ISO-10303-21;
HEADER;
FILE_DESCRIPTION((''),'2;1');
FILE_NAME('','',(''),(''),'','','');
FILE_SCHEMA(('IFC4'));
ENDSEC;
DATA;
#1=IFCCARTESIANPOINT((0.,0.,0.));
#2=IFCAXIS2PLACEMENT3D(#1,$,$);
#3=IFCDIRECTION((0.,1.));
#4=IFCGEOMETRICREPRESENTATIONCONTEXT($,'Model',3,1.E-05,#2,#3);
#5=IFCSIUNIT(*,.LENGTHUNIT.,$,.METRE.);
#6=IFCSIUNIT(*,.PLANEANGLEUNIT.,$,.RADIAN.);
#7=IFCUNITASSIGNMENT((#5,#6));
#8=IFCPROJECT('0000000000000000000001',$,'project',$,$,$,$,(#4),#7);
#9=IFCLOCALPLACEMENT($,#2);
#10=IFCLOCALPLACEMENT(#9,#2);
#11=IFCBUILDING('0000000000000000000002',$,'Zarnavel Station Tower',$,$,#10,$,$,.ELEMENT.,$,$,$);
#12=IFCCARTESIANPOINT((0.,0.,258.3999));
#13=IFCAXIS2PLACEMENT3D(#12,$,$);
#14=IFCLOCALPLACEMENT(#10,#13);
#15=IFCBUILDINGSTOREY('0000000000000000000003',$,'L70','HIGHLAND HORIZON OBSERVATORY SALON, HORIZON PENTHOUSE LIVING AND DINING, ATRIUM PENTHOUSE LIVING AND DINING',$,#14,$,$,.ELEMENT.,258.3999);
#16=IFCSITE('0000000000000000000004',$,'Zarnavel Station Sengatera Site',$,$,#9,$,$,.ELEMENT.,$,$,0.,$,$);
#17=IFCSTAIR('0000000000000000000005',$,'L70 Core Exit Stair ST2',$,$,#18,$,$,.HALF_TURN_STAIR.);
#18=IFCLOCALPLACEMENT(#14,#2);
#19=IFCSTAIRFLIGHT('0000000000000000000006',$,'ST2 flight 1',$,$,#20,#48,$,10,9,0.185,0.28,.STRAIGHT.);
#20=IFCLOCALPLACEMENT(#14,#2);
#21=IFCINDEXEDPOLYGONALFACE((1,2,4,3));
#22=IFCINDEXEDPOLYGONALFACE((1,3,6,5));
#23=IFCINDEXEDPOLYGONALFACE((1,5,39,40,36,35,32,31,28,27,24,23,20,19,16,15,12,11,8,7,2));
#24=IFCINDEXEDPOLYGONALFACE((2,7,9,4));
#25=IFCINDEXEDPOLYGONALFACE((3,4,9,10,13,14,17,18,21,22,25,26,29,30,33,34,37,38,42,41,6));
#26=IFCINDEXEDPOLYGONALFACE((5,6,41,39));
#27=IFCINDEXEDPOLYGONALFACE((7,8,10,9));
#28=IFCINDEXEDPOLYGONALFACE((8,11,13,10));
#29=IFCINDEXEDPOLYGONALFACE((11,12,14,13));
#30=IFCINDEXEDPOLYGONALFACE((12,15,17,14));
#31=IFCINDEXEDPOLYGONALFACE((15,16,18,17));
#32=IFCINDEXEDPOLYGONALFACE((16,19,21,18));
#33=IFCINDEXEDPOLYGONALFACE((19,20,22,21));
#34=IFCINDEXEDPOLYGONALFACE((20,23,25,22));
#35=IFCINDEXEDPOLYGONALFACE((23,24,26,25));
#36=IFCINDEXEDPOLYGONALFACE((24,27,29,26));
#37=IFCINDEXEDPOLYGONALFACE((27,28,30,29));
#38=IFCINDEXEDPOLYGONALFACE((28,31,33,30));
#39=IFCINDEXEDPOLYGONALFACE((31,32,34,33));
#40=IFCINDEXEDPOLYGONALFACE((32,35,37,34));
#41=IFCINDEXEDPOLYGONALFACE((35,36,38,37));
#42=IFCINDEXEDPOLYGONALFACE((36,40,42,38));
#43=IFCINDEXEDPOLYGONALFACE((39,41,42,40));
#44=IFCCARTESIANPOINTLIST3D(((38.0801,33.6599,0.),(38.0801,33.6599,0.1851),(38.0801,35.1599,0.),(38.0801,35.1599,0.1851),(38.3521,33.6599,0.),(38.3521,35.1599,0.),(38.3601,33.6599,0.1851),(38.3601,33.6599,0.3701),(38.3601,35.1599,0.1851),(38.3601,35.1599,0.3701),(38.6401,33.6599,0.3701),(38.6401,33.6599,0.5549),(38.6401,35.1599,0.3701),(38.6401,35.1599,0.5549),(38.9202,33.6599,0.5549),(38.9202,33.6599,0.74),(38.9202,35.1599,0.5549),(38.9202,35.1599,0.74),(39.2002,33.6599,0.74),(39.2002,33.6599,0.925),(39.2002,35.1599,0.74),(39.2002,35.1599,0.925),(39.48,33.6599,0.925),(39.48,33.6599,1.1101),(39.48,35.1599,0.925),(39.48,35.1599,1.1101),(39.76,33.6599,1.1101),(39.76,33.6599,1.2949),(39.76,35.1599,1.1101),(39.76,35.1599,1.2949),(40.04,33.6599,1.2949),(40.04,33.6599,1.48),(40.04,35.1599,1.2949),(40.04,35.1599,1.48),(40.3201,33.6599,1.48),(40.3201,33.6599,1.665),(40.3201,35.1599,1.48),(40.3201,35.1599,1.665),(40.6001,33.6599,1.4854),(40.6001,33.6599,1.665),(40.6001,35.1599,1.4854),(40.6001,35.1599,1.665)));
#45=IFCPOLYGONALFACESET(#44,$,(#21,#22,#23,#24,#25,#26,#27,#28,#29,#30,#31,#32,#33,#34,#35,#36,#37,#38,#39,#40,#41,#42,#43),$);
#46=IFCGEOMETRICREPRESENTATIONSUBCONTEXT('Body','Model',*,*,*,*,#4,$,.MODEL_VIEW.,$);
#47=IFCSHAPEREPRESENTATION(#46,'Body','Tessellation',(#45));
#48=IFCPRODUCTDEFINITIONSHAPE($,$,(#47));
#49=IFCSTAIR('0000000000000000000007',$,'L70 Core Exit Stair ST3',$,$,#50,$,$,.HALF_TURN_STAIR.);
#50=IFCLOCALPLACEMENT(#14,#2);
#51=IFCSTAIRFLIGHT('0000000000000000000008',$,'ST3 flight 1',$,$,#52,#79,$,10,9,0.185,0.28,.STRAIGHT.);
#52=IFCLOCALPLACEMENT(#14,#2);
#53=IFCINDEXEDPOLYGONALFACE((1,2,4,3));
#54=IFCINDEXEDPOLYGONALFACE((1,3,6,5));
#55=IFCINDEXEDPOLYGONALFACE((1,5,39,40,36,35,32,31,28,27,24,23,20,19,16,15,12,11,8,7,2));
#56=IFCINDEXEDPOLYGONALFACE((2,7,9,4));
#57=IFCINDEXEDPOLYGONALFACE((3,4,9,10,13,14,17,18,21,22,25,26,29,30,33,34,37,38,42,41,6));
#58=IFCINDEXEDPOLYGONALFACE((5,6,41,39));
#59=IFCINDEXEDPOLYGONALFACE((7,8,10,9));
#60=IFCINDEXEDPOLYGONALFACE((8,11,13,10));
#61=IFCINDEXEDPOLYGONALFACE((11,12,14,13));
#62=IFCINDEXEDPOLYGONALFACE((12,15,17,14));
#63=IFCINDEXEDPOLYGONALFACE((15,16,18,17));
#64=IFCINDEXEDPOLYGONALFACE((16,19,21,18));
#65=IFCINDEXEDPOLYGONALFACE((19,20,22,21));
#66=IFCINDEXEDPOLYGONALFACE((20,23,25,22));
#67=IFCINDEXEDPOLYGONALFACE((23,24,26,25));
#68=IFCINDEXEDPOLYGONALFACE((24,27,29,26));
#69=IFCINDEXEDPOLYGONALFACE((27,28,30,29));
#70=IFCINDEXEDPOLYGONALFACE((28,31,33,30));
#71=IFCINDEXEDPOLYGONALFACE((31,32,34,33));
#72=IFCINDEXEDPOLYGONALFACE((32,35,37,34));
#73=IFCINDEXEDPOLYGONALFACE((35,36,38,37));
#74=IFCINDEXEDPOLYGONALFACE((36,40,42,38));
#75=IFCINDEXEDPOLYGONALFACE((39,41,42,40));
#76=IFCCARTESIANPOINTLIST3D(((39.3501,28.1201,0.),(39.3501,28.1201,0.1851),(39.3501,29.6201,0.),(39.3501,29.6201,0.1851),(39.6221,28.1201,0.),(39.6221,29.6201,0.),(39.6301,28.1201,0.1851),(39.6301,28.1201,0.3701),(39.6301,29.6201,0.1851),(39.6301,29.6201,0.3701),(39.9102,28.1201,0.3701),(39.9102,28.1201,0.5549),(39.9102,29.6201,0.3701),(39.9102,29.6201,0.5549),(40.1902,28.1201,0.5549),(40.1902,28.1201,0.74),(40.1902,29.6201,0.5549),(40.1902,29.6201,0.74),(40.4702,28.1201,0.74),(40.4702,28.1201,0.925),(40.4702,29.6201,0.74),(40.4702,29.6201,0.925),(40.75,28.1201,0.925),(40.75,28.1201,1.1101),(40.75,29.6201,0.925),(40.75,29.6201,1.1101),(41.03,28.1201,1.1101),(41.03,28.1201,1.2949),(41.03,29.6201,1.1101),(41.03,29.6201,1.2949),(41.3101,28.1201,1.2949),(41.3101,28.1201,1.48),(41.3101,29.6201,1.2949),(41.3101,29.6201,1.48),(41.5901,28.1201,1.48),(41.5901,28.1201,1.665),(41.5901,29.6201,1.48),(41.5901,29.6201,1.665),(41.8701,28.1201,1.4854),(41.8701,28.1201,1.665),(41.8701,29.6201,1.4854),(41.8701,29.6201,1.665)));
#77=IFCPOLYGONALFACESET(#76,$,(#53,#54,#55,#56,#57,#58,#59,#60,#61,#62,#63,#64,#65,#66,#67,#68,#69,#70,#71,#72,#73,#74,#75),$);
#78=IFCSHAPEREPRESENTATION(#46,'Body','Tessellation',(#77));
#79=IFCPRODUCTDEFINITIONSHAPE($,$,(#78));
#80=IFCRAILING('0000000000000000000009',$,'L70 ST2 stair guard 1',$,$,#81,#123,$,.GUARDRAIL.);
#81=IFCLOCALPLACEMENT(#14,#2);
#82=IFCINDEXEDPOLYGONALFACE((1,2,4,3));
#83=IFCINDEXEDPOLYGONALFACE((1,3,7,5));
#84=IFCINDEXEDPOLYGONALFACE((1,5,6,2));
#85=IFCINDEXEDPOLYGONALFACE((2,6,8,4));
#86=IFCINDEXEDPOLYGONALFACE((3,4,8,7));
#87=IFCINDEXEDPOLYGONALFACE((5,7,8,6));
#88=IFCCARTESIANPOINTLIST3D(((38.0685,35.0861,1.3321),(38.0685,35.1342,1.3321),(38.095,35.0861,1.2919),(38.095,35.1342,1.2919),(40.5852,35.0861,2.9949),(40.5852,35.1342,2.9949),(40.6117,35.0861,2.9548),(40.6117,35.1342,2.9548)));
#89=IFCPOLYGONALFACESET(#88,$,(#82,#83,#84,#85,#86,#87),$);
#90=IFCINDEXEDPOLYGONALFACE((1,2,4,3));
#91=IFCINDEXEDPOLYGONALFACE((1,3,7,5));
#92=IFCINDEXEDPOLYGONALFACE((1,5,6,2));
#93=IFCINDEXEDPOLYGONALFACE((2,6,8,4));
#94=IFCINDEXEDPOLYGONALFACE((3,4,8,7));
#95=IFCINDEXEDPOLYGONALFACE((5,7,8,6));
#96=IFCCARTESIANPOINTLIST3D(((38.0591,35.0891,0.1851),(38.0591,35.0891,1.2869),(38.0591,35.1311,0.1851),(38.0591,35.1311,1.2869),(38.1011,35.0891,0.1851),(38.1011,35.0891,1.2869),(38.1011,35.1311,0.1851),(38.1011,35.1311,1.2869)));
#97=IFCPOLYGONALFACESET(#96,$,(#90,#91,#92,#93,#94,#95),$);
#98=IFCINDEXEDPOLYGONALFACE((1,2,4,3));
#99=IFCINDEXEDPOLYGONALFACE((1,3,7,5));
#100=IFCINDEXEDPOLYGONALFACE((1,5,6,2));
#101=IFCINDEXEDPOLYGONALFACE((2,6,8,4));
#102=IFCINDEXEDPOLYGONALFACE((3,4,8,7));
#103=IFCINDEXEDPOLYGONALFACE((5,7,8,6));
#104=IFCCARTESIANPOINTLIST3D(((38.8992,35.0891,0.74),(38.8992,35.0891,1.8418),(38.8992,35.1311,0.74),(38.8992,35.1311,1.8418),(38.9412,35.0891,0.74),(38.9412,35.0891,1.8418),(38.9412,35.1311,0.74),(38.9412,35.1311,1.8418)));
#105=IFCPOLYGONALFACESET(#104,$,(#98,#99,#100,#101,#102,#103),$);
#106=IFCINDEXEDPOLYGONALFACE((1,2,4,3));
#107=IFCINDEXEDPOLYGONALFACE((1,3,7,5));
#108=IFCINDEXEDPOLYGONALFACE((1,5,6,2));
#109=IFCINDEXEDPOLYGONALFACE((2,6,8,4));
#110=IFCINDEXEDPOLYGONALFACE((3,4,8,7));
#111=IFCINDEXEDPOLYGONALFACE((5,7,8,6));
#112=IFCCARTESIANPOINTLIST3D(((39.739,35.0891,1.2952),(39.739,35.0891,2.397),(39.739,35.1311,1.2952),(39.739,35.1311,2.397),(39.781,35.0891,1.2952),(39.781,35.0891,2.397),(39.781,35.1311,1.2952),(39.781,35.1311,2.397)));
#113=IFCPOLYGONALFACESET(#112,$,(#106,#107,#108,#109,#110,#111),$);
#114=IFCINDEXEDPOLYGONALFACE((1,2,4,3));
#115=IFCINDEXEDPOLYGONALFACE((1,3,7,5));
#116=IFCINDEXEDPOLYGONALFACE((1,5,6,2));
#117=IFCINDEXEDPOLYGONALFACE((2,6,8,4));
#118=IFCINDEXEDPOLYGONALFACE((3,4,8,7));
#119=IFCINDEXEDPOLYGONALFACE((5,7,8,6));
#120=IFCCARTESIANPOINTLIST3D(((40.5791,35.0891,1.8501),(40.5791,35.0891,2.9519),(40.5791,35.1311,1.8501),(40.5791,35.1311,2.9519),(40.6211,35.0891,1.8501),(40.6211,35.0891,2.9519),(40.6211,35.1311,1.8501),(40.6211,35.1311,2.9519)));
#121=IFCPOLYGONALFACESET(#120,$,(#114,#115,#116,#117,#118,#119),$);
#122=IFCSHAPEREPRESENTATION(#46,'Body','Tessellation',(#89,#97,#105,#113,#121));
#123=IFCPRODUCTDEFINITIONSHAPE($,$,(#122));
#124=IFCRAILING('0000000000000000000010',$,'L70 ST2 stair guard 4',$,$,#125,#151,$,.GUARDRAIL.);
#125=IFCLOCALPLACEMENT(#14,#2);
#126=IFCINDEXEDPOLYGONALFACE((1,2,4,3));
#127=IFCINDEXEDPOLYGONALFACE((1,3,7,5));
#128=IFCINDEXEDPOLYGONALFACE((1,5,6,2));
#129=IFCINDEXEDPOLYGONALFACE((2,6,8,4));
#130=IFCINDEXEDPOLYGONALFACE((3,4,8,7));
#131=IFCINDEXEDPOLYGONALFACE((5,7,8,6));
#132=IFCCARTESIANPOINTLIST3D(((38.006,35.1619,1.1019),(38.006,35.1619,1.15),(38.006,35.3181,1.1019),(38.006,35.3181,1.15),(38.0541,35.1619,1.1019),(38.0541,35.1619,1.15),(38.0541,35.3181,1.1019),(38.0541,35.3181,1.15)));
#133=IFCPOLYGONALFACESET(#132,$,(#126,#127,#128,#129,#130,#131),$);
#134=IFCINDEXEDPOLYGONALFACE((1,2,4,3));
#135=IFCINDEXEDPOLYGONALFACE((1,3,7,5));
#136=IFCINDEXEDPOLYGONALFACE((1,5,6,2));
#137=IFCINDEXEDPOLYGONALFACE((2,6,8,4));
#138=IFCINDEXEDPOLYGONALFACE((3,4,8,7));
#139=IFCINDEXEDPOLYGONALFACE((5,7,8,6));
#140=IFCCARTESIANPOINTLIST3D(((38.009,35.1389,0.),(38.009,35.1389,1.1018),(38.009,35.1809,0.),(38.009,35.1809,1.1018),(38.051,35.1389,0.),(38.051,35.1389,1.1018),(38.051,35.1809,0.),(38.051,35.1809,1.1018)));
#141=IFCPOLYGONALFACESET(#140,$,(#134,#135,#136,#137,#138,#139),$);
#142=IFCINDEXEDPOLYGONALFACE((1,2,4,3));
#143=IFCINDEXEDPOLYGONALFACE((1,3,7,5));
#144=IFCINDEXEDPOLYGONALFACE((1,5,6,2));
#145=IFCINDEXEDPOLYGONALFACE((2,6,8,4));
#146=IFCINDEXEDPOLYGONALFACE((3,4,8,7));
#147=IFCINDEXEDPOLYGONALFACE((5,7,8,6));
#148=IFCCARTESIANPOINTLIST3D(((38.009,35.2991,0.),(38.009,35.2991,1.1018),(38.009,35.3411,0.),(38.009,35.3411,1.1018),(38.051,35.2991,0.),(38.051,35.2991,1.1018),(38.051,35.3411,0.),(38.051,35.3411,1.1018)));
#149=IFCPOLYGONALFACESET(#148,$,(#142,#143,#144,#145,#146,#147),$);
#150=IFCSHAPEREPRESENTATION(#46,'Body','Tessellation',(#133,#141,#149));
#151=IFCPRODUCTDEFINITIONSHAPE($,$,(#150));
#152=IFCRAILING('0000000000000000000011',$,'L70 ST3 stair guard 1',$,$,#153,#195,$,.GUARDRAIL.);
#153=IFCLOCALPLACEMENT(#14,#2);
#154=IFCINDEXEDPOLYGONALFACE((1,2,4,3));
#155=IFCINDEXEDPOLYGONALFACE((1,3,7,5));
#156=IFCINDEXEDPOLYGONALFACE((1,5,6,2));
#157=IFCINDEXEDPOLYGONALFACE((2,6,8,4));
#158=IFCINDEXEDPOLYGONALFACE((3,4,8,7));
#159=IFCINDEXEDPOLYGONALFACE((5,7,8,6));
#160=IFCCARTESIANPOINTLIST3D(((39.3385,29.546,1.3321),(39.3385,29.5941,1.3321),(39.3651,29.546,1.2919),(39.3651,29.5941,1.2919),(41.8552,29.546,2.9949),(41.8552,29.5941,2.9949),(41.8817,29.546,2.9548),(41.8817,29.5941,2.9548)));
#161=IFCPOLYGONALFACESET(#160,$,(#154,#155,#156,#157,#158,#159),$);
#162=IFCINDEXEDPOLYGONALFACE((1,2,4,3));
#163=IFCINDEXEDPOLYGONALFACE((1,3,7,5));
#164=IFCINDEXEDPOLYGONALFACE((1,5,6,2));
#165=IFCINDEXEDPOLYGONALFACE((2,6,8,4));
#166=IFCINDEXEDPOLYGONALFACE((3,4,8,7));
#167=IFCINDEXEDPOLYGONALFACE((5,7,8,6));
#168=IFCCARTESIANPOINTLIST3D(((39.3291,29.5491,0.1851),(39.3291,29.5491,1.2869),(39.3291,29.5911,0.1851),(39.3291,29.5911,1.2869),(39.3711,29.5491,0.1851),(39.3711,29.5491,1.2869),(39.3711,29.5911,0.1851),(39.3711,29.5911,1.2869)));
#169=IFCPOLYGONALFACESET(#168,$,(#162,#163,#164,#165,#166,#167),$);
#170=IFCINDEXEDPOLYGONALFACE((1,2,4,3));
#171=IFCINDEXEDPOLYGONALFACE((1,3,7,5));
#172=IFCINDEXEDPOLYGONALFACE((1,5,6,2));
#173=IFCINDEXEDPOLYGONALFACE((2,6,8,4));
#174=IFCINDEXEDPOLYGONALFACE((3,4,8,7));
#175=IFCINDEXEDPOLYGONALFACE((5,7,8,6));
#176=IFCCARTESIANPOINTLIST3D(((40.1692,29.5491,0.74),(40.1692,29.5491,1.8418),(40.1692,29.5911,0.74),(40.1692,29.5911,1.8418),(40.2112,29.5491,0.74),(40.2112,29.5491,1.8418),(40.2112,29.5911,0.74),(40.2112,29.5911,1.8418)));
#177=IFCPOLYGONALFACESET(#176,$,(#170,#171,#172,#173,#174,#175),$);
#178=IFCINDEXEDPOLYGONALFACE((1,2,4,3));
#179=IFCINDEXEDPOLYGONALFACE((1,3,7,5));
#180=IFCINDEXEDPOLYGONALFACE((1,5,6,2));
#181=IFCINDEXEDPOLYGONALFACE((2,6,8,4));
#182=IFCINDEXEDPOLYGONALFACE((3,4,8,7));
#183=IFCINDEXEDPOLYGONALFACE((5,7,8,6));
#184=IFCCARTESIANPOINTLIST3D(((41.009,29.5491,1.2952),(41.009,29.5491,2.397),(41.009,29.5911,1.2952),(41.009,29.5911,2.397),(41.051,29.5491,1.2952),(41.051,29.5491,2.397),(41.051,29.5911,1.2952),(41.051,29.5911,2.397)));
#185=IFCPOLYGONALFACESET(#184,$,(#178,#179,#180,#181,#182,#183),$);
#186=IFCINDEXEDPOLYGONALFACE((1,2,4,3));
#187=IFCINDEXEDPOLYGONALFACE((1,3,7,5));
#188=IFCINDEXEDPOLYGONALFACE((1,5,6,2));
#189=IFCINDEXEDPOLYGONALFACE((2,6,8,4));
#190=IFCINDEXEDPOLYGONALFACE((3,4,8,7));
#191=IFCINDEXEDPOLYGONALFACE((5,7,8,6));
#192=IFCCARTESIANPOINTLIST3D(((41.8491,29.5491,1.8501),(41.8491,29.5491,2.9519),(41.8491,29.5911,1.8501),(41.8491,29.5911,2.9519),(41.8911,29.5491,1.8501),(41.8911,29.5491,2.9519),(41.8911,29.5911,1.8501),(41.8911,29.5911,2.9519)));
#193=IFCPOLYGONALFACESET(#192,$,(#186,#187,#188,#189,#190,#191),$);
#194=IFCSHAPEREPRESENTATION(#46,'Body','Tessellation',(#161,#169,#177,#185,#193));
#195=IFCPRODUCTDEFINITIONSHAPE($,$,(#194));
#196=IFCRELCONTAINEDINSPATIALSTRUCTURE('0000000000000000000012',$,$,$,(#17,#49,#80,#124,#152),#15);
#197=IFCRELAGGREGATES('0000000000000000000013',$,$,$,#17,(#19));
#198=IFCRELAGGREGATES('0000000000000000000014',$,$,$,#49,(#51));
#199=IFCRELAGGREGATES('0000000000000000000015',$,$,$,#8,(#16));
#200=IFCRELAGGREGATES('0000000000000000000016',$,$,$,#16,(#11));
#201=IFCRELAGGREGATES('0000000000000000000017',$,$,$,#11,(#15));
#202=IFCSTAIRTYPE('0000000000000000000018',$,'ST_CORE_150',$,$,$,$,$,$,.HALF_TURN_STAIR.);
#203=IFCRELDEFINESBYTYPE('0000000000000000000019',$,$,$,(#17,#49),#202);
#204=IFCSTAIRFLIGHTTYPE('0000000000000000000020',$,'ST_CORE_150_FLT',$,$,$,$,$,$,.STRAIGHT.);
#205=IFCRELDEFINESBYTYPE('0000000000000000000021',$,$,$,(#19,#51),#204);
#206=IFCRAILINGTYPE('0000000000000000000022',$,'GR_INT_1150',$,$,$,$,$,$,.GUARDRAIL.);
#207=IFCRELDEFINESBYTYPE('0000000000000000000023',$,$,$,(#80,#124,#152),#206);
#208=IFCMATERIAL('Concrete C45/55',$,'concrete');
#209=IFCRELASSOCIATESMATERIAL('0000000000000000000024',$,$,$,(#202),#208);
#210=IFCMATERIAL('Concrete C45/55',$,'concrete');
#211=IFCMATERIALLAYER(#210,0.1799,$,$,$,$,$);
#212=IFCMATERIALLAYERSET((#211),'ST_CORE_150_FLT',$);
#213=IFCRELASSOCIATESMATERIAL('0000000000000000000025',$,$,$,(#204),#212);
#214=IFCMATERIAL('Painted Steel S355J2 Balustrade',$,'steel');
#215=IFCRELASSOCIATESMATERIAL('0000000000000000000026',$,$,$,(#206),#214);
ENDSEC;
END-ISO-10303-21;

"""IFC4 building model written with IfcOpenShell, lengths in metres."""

from ifc_helpers import new_model, si_unit, direction, frame, origin, origin_2d, place, context, subcontext, project, spatial, polyline, rectangle, outline, extrude, material, layer, layer_set, type_object, element, aggregate, save


model = new_model("IFC4")

# Units and contexts
model_context = context("Model", 3, precision=1e-05, world=origin(), true_north=direction((0.0, 1.0)))
body_context = subcontext(model_context, "Body", "Model", "MODEL_VIEW")
ifc_project = project(units=[si_unit("LENGTHUNIT", "METRE"), si_unit("PLANEANGLEUNIT", "RADIAN")], contexts=[model_context])

# Site, building, storey
site_placement = place(None, origin())
site = spatial("IfcSite", under=ifc_project, at=site_placement, Name="Zarnavel Station Sengatera Site", CompositionType="ELEMENT", RefElevation=0.0)
building_placement = place(site_placement, origin())
building = spatial("IfcBuilding", under=site, at=building_placement, Name="Zarnavel Station Tower", CompositionType="ELEMENT")
storey_placement = place(building_placement, frame((0.0, 0.0, 258.3999)))
storey = spatial("IfcBuildingStorey", under=building, at=storey_placement, Name="L70", Description="HIGHLAND HORIZON OBSERVATORY SALON, HORIZON PENTHOUSE LIVING AND DINING, ATRIUM PENTHOUSE LIVING AND DINING", CompositionType="ELEMENT", Elevation=258.3999)

# Stairs, stair flights
ifc_material_1 = material(Name="Concrete C45/55", Category="concrete")
stair_type = type_object("IfcStairType", Name="ST_CORE_150", PredefinedType="HALF_TURN_STAIR", material=ifc_material_1)
stair_1_placement = place(storey_placement, origin())
stair_1 = element("IfcStair", 1, at=stair_1_placement, inside=storey, type_object=stair_type, Name="L70 Core Exit Stair ST2", PredefinedType="HALF_TURN_STAIR")
ifc_material_2 = material(Name="Concrete C45/55", Category="concrete")
ifc_layer_1 = layer(ifc_material_2, 0.1799)
ifc_layer_set_1 = layer_set([ifc_layer_1], Name="ST_CORE_150_FLT")
stair_flight_type = type_object("IfcStairFlightType", Name="ST_CORE_150_FLT", PredefinedType="STRAIGHT", material=ifc_layer_set_1)
stair_flight_1_placement = place(storey_placement, frame((38.0801, 34.4099, 0.0), z_axis=(0.0, 0.0, 1.0), x_axis=(1.0, 0.0, 0.0)))
stair_flight_1 = element("IfcStairFlight", 2, at=stair_flight_1_placement, type_object=stair_flight_type, Name="ST2 flight 1", NumberOfRisers=10, NumberOfTreads=9, PredefinedType="STRAIGHT", RiserHeight=0.185, TreadLength=0.28, context=body_context, shape_type="SweptSolid", body=[
    extrude(outline(polyline([(0.0, 0.0), (0.0, 0.1851), (0.28, 0.1851), (0.28, 0.3701), (0.5601, 0.3701), (0.5601, 0.5549), (0.8401, 0.5549), (0.8401, 0.74), (1.1201, 0.74), (1.1201, 0.925), (1.3999, 0.925), (1.3999, 1.1101), (1.6799, 1.1101), (1.6799, 1.2949), (1.96, 1.2949), (1.96, 1.48), (2.24, 1.48), (2.24, 1.665), (2.52, 1.665), (2.52, 1.8501), (2.52, 1.4854), (0.272, 0.0), (0.0, 0.0)])), frame((0.0, 0.75, 0.0), z_axis=(0.0, -1.0, 0.0), x_axis=(1.0, 0.0, 0.0)), (0.0, 0.0, 1.0), 1.5),
])
aggregate(stair_1, [stair_flight_1])
stair_2_placement = place(storey_placement, origin())
stair_2 = element("IfcStair", 3, at=stair_2_placement, inside=storey, type_object=stair_type, Name="L70 Core Exit Stair ST3", PredefinedType="HALF_TURN_STAIR")
stair_flight_2_placement = place(storey_placement, frame((39.3501, 28.8701, 0.0), z_axis=(0.0, 0.0, 1.0), x_axis=(1.0, 0.0, 0.0)))
stair_flight_2 = element("IfcStairFlight", 4, at=stair_flight_2_placement, type_object=stair_flight_type, Name="ST3 flight 1", NumberOfRisers=10, NumberOfTreads=9, PredefinedType="STRAIGHT", RiserHeight=0.185, TreadLength=0.28, context=body_context, shape_type="SweptSolid", body=[
    extrude(outline(polyline([(0.0, 0.0), (0.0, 0.1851), (0.28, 0.1851), (0.28, 0.3701), (0.5601, 0.3701), (0.5601, 0.5549), (0.8401, 0.5549), (0.8401, 0.74), (1.1201, 0.74), (1.1201, 0.925), (1.3999, 0.925), (1.3999, 1.1101), (1.6799, 1.1101), (1.6799, 1.2949), (1.96, 1.2949), (1.96, 1.48), (2.24, 1.48), (2.24, 1.665), (2.52, 1.665), (2.52, 1.8501), (2.52, 1.4854), (0.272, 0.0), (0.0, 0.0)])), frame((0.0, 0.75, 0.0), z_axis=(0.0, -1.0, 0.0), x_axis=(1.0, 0.0, 0.0)), (0.0, 0.0, 1.0), 1.5),
])
aggregate(stair_2, [stair_flight_2])

# Railings
ifc_material_3 = material(Name="Painted Steel S355J2 Balustrade", Category="steel")
railing_type_1 = type_object("IfcRailingType", Name="GR_INT_1150", PredefinedType="GUARDRAIL", material=ifc_material_3)
railing_1_placement = place(storey_placement, frame((38.0801, 35.1101, 0.1851)))
element("IfcRailing", 5, at=railing_1_placement, inside=storey, type_object=railing_type_1, Name="L70 ST2 stair guard 1", PredefinedType="GUARDRAIL", context=body_context, shape_type="SweptSolid", body=[
    extrude(rectangle(XDim=0.0481, YDim=0.0481, at=origin_2d()), frame((0.0017, 0.0, 1.127), z_axis=(0.834331, 0.0, 0.551263), x_axis=(0.0, 1.0, 0.0)), (0.0, 0.0, 1.0), 3.0164),
    extrude(rectangle(XDim=0.042, YDim=0.042, at=origin_2d()), origin(), (0.0, 0.0, 1.0), 1.1018),
    extrude(rectangle(XDim=0.042, YDim=0.042, at=origin_2d()), frame((0.8401, 0.0, 0.5549)), (0.0, 0.0, 1.0), 1.1018),
    extrude(rectangle(XDim=0.042, YDim=0.042, at=origin_2d()), frame((1.6799, 0.0, 1.1101)), (0.0, 0.0, 1.0), 1.1018),
    extrude(rectangle(XDim=0.042, YDim=0.042, at=origin_2d()), frame((2.52, 0.0, 1.665)), (0.0, 0.0, 1.0), 1.1018),
])
railing_2_placement = place(storey_placement, frame((38.03, 35.1599, 0.0)))
element("IfcRailing", 6, at=railing_2_placement, inside=storey, type_object=railing_type_1, Name="L70 ST2 stair guard 4", PredefinedType="GUARDRAIL", context=body_context, shape_type="SweptSolid", body=[
    extrude(rectangle(XDim=0.0481, YDim=0.0481, at=origin_2d()), frame((0.0, 0.002, 1.126), z_axis=(0.0, 1.0, 0.0), x_axis=(-1.0, 0.0, 0.0)), (0.0, 0.0, 1.0), 0.1562),
    extrude(rectangle(XDim=0.042, YDim=0.042, at=origin_2d()), origin(), (0.0, 0.0, 1.0), 1.1018),
    extrude(rectangle(XDim=0.042, YDim=0.042, at=origin_2d()), frame((0.0, 0.1602, 0.0)), (0.0, 0.0, 1.0), 1.1018),
])
railing_3_placement = place(storey_placement, frame((39.3501, 29.5701, 0.1851)))
element("IfcRailing", 7, at=railing_3_placement, inside=storey, type_object=railing_type_1, Name="L70 ST3 stair guard 1", PredefinedType="GUARDRAIL", context=body_context, shape_type="SweptSolid", body=[
    extrude(rectangle(XDim=0.0481, YDim=0.0481, at=origin_2d()), frame((0.0017, 0.0, 1.127), z_axis=(0.834331, 0.0, 0.551263), x_axis=(0.0, 1.0, 0.0)), (0.0, 0.0, 1.0), 3.0164),
    extrude(rectangle(XDim=0.042, YDim=0.042, at=origin_2d()), origin(), (0.0, 0.0, 1.0), 1.1018),
    extrude(rectangle(XDim=0.042, YDim=0.042, at=origin_2d()), frame((0.8401, 0.0, 0.5549)), (0.0, 0.0, 1.0), 1.1018),
    extrude(rectangle(XDim=0.042, YDim=0.042, at=origin_2d()), frame((1.6799, 0.0, 1.1101)), (0.0, 0.0, 1.0), 1.1018),
    extrude(rectangle(XDim=0.042, YDim=0.042, at=origin_2d()), frame((2.52, 0.0, 1.665)), (0.0, 0.0, 1.0), 1.1018),
])

save(model, "model.ifc")
